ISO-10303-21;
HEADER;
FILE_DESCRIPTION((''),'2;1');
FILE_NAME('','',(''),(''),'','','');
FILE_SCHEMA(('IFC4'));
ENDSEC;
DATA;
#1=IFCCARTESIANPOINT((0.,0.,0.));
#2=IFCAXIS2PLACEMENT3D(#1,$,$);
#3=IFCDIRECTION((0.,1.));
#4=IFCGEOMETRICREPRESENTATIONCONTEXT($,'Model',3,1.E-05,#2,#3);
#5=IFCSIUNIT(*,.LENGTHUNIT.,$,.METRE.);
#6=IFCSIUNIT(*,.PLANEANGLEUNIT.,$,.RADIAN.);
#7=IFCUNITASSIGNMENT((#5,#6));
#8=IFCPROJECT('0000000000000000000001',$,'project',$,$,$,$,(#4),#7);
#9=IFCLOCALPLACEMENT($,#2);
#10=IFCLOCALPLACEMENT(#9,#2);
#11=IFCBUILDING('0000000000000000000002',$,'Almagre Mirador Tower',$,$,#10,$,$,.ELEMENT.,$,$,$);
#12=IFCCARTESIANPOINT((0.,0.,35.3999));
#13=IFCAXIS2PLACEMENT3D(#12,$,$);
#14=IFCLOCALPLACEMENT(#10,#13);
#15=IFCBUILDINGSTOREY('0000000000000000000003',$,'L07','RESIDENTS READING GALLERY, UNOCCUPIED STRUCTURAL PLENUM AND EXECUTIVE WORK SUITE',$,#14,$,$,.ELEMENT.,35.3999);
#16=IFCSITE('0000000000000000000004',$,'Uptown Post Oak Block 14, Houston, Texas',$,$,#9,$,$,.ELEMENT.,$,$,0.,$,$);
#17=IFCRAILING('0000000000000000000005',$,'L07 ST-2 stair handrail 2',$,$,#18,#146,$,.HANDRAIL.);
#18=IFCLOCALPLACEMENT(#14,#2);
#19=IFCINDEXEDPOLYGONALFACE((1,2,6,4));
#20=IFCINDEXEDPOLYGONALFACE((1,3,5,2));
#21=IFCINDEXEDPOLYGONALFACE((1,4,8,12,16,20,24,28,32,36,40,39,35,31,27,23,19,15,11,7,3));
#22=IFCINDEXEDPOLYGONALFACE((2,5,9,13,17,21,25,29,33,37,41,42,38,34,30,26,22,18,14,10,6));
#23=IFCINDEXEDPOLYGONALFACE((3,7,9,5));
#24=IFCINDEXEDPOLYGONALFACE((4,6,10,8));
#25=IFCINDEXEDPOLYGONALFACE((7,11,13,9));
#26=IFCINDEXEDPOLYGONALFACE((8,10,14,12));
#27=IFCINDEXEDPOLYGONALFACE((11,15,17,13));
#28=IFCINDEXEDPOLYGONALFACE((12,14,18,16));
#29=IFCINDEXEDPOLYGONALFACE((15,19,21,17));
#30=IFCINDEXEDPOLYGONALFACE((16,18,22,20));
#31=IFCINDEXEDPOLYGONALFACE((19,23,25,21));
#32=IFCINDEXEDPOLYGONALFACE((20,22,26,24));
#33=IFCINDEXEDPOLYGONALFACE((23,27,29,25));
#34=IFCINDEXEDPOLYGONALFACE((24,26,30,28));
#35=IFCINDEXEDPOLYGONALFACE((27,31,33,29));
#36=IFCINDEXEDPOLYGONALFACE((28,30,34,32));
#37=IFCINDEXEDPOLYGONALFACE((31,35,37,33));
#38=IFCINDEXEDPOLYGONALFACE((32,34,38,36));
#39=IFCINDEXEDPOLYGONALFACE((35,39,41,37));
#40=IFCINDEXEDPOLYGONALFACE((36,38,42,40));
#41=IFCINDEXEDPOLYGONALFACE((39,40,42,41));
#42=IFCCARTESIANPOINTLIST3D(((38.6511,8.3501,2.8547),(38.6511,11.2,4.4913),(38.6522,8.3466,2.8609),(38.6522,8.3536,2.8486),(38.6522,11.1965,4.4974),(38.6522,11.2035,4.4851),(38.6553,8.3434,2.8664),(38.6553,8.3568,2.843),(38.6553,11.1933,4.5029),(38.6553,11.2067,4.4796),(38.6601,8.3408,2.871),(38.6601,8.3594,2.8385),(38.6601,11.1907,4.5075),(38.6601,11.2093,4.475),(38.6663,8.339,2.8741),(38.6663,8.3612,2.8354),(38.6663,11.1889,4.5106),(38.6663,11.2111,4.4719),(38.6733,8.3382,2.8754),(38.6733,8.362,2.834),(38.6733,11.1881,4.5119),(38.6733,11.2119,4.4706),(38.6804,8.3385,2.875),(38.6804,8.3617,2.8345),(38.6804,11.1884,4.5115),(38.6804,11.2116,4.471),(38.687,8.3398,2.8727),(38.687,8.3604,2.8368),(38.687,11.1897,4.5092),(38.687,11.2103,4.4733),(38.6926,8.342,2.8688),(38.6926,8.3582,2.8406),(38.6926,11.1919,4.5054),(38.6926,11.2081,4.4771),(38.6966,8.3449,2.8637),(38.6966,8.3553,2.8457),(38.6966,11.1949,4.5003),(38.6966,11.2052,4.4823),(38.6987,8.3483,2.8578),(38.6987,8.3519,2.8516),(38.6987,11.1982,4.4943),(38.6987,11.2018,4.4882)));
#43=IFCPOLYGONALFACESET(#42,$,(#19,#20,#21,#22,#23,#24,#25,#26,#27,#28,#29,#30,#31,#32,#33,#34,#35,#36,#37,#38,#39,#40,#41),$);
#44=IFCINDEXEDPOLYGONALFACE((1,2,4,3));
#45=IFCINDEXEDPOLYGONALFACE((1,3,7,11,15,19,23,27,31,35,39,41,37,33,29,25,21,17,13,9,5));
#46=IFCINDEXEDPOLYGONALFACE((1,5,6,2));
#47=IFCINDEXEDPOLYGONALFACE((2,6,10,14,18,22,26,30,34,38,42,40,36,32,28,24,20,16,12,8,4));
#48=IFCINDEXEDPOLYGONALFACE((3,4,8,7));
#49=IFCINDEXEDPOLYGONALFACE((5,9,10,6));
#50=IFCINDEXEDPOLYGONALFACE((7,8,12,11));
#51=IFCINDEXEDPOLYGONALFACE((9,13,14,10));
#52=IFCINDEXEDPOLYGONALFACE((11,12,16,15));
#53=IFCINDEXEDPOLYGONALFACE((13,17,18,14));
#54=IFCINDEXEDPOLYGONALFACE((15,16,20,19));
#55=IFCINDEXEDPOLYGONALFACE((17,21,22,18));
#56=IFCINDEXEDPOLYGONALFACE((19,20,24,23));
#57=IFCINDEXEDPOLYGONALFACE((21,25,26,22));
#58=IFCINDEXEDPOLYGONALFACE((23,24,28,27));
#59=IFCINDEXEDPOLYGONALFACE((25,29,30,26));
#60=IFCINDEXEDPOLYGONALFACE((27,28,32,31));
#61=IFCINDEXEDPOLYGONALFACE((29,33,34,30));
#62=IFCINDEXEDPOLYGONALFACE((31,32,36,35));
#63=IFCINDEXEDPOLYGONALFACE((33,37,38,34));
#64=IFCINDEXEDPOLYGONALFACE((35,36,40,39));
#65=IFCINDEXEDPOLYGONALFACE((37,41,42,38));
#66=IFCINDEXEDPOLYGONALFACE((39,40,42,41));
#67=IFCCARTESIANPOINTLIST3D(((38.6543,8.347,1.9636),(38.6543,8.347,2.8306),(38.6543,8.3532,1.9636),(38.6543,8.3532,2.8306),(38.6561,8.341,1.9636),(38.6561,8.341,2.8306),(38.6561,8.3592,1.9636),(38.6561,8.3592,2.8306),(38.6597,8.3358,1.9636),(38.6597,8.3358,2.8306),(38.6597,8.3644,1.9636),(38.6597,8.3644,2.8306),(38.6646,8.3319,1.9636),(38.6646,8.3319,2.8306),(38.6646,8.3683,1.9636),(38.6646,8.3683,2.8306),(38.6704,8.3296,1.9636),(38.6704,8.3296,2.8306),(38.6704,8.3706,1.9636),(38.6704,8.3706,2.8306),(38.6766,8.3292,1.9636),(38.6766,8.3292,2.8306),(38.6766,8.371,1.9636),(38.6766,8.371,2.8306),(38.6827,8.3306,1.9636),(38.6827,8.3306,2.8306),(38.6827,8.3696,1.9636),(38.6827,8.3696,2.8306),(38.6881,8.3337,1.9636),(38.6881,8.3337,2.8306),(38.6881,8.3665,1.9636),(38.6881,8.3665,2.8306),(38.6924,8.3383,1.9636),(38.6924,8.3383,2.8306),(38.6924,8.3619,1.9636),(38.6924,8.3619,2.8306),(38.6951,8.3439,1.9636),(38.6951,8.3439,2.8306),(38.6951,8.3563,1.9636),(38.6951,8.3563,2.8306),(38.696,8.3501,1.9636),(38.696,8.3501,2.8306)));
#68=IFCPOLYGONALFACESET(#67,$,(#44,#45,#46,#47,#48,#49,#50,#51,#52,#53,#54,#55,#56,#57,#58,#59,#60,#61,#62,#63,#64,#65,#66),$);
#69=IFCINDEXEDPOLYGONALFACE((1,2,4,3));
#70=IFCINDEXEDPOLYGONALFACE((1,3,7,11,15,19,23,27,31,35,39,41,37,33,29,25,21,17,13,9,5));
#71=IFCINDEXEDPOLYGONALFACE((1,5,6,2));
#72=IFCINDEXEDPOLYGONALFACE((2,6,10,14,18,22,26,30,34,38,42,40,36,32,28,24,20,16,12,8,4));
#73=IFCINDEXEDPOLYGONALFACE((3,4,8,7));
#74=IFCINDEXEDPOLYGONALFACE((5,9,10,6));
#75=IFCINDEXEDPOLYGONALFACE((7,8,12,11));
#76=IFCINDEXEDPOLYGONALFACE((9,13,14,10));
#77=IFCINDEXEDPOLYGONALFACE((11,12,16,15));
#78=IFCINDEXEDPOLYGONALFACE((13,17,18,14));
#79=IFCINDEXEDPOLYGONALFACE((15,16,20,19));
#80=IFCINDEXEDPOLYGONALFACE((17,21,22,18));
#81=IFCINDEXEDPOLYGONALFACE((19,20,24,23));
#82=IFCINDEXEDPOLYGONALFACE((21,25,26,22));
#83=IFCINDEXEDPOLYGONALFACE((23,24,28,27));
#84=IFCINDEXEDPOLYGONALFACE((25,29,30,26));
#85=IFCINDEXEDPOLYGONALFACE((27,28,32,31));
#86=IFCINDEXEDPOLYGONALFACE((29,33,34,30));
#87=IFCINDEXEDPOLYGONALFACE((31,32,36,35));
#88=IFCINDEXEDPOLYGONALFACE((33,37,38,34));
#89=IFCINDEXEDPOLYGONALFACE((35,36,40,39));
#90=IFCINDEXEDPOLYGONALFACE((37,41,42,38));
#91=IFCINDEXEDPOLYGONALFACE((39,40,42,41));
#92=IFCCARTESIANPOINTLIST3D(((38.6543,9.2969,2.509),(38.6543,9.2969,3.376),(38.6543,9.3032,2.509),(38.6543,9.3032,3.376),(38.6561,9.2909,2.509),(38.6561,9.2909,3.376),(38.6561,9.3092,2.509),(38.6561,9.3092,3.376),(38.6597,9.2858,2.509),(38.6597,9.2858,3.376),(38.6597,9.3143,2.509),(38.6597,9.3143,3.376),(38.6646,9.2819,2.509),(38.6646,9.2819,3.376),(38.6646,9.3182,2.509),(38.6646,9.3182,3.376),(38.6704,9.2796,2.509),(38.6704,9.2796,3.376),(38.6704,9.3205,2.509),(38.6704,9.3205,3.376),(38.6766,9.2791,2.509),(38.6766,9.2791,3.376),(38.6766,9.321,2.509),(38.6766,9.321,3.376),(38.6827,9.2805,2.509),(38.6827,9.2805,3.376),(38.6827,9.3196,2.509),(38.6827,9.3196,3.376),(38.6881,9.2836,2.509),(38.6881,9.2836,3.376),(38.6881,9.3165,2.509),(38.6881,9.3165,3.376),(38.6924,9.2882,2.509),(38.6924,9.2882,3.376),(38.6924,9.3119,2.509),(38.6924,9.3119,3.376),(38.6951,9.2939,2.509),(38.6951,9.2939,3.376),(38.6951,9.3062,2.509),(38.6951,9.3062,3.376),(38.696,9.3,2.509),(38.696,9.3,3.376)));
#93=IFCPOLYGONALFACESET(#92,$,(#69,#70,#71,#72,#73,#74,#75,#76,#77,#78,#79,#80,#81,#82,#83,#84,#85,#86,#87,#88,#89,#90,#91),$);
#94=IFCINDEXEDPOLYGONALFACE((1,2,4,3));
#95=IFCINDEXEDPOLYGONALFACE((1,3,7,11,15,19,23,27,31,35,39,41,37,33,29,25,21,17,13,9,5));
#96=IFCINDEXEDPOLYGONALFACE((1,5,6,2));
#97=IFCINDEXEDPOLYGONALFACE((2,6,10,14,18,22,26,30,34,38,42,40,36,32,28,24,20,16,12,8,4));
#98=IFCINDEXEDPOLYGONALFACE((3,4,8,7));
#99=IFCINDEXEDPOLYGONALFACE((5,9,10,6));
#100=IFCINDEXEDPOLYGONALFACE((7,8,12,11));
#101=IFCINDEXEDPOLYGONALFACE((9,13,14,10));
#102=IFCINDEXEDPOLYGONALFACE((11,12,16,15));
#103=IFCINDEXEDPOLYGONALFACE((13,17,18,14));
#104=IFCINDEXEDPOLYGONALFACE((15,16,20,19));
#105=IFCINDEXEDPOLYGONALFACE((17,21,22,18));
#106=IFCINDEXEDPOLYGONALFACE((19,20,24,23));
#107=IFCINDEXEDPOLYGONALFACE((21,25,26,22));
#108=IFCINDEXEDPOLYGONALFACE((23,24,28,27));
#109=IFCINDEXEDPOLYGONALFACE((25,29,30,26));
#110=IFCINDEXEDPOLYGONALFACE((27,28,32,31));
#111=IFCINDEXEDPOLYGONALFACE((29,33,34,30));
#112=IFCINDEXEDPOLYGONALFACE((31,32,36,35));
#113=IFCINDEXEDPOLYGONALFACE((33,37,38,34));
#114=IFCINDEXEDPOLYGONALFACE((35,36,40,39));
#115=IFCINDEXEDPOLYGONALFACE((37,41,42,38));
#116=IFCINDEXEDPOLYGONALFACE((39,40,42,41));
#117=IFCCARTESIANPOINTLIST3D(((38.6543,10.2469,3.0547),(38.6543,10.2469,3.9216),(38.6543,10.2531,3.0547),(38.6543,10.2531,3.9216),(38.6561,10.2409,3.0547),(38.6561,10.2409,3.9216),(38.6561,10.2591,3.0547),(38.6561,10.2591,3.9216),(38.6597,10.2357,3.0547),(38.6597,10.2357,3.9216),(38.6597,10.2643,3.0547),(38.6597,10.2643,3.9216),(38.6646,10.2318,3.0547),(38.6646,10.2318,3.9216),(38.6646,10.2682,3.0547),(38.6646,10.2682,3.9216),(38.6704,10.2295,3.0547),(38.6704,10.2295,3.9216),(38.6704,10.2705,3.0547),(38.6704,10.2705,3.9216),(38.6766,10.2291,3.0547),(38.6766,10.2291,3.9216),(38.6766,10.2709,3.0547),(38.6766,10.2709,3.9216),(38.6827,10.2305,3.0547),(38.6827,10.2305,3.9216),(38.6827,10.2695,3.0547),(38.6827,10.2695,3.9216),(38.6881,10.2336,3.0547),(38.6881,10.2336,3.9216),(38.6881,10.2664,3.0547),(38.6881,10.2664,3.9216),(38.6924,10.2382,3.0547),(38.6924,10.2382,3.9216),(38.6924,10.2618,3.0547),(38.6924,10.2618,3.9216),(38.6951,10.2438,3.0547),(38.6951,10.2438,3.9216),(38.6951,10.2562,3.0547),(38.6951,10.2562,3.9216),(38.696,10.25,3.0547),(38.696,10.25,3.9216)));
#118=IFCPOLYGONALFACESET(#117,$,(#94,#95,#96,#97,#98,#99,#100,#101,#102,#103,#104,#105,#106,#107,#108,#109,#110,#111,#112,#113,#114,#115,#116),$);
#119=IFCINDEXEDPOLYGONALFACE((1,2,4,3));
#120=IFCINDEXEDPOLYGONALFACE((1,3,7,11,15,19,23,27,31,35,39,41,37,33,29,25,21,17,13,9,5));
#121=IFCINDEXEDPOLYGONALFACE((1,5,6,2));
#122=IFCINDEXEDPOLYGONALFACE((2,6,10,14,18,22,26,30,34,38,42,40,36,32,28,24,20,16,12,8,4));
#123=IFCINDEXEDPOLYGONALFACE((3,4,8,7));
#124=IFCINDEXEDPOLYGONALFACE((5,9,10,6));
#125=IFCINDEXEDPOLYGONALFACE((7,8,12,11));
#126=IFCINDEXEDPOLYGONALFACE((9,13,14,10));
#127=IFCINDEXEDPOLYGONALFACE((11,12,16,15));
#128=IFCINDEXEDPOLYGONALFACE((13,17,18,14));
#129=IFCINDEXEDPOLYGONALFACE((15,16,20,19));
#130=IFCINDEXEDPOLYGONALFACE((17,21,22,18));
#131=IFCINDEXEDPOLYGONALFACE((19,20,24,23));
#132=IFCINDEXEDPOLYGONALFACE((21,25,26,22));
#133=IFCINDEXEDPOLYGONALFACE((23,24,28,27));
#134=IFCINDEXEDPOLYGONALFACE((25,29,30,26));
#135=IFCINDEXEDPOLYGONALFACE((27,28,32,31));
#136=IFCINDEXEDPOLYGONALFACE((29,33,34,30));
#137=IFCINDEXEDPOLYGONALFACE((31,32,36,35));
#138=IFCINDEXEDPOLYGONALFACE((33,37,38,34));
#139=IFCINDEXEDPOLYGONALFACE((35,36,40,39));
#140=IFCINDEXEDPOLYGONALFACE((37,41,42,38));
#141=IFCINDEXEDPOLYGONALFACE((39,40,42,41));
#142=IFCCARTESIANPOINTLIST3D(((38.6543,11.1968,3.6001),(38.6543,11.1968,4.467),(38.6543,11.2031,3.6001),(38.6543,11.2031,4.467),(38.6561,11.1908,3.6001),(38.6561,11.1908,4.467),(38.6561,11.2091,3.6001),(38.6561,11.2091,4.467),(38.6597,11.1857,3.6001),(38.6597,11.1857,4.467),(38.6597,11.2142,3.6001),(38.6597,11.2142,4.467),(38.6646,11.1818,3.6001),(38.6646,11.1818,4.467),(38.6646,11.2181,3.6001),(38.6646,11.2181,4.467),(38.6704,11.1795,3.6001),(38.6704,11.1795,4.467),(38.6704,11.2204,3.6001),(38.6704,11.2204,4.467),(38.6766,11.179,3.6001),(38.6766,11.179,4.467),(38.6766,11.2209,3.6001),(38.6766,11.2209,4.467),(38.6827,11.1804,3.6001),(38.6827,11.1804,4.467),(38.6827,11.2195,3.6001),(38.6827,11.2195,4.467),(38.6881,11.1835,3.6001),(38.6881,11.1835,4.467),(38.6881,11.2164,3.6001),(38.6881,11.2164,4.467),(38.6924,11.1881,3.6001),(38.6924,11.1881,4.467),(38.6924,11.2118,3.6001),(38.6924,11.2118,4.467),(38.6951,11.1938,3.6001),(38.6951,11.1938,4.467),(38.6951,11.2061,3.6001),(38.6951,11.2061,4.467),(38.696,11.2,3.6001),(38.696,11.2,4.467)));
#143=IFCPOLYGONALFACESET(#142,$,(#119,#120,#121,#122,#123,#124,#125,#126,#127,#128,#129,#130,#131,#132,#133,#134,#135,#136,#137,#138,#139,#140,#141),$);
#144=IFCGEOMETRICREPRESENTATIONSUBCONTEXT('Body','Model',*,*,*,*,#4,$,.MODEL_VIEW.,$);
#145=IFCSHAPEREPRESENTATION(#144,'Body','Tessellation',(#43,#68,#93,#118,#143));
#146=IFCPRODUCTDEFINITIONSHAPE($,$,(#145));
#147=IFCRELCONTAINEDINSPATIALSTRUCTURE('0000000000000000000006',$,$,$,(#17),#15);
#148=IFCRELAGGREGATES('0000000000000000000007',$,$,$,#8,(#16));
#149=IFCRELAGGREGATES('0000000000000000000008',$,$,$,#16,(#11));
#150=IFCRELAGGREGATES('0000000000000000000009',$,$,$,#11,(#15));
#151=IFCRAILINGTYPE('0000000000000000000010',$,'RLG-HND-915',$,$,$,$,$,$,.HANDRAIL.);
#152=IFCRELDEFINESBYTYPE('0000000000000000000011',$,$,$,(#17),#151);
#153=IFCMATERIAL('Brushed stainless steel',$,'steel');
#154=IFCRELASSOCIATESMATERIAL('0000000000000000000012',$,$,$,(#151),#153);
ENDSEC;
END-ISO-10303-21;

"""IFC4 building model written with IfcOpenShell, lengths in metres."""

from ifc_helpers import new_model, si_unit, direction, frame, origin, origin_2d, place, context, subcontext, project, spatial, circle, extrude, material, type_object, element, save


model = new_model("IFC4")

# Units and contexts
model_context = context("Model", 3, precision=1e-05, world=origin(), true_north=direction((0.0, 1.0)))
body_context = subcontext(model_context, "Body", "Model", "MODEL_VIEW")
ifc_project = project(units=[si_unit("LENGTHUNIT", "METRE"), si_unit("PLANEANGLEUNIT", "RADIAN")], contexts=[model_context])

# Site, building, storey
site_placement = place(None, origin())
site = spatial("IfcSite", under=ifc_project, at=site_placement, Name="Uptown Post Oak Block 14, Houston, Texas", CompositionType="ELEMENT", RefElevation=0.0)
building_placement = place(site_placement, origin())
building = spatial("IfcBuilding", under=site, at=building_placement, Name="Almagre Mirador Tower", CompositionType="ELEMENT")
storey_placement = place(building_placement, frame((0.0, 0.0, 35.3999)))
storey = spatial("IfcBuildingStorey", under=building, at=storey_placement, Name="L07", Description="RESIDENTS READING GALLERY, UNOCCUPIED STRUCTURAL PLENUM AND EXECUTIVE WORK SUITE", CompositionType="ELEMENT", Elevation=35.3999)

# Railing
ifc_material_1 = material(Name="Brushed stainless steel", Category="steel")
railing_type_1 = type_object("IfcRailingType", Name="RLG-HND-915", PredefinedType="HANDRAIL", material=ifc_material_1)
railing_1_placement = place(storey_placement, frame((38.675, 8.3501, 1.9636)))
element("IfcRailing", 1, at=railing_1_placement, inside=storey, type_object=railing_type_1, Name="L07 ST-2 stair handrail 2", PredefinedType="HANDRAIL", context=body_context, shape_type="SweptSolid", body=[
    extrude(circle(Radius=0.0239, at=origin_2d()), frame((0.0, 0.0, 0.8911), z_axis=(0.0, 0.867194, 0.49797), x_axis=(-1.0, 0.0, 0.0)), (0.0, 0.0, 1.0), 3.2864),
    extrude(circle(Radius=0.021, at=origin_2d()), origin(), (0.0, 0.0, 1.0), 0.8669),
    extrude(circle(Radius=0.021, at=origin_2d()), frame((0.0, 0.95, 0.5454)), (0.0, 0.0, 1.0), 0.8669),
    extrude(circle(Radius=0.021, at=origin_2d()), frame((0.0, 1.8999, 1.0911)), (0.0, 0.0, 1.0), 0.8669),
    extrude(circle(Radius=0.021, at=origin_2d()), frame((0.0, 2.8499, 1.6365)), (0.0, 0.0, 1.0), 0.8669),
])

save(model, "model.ifc")
